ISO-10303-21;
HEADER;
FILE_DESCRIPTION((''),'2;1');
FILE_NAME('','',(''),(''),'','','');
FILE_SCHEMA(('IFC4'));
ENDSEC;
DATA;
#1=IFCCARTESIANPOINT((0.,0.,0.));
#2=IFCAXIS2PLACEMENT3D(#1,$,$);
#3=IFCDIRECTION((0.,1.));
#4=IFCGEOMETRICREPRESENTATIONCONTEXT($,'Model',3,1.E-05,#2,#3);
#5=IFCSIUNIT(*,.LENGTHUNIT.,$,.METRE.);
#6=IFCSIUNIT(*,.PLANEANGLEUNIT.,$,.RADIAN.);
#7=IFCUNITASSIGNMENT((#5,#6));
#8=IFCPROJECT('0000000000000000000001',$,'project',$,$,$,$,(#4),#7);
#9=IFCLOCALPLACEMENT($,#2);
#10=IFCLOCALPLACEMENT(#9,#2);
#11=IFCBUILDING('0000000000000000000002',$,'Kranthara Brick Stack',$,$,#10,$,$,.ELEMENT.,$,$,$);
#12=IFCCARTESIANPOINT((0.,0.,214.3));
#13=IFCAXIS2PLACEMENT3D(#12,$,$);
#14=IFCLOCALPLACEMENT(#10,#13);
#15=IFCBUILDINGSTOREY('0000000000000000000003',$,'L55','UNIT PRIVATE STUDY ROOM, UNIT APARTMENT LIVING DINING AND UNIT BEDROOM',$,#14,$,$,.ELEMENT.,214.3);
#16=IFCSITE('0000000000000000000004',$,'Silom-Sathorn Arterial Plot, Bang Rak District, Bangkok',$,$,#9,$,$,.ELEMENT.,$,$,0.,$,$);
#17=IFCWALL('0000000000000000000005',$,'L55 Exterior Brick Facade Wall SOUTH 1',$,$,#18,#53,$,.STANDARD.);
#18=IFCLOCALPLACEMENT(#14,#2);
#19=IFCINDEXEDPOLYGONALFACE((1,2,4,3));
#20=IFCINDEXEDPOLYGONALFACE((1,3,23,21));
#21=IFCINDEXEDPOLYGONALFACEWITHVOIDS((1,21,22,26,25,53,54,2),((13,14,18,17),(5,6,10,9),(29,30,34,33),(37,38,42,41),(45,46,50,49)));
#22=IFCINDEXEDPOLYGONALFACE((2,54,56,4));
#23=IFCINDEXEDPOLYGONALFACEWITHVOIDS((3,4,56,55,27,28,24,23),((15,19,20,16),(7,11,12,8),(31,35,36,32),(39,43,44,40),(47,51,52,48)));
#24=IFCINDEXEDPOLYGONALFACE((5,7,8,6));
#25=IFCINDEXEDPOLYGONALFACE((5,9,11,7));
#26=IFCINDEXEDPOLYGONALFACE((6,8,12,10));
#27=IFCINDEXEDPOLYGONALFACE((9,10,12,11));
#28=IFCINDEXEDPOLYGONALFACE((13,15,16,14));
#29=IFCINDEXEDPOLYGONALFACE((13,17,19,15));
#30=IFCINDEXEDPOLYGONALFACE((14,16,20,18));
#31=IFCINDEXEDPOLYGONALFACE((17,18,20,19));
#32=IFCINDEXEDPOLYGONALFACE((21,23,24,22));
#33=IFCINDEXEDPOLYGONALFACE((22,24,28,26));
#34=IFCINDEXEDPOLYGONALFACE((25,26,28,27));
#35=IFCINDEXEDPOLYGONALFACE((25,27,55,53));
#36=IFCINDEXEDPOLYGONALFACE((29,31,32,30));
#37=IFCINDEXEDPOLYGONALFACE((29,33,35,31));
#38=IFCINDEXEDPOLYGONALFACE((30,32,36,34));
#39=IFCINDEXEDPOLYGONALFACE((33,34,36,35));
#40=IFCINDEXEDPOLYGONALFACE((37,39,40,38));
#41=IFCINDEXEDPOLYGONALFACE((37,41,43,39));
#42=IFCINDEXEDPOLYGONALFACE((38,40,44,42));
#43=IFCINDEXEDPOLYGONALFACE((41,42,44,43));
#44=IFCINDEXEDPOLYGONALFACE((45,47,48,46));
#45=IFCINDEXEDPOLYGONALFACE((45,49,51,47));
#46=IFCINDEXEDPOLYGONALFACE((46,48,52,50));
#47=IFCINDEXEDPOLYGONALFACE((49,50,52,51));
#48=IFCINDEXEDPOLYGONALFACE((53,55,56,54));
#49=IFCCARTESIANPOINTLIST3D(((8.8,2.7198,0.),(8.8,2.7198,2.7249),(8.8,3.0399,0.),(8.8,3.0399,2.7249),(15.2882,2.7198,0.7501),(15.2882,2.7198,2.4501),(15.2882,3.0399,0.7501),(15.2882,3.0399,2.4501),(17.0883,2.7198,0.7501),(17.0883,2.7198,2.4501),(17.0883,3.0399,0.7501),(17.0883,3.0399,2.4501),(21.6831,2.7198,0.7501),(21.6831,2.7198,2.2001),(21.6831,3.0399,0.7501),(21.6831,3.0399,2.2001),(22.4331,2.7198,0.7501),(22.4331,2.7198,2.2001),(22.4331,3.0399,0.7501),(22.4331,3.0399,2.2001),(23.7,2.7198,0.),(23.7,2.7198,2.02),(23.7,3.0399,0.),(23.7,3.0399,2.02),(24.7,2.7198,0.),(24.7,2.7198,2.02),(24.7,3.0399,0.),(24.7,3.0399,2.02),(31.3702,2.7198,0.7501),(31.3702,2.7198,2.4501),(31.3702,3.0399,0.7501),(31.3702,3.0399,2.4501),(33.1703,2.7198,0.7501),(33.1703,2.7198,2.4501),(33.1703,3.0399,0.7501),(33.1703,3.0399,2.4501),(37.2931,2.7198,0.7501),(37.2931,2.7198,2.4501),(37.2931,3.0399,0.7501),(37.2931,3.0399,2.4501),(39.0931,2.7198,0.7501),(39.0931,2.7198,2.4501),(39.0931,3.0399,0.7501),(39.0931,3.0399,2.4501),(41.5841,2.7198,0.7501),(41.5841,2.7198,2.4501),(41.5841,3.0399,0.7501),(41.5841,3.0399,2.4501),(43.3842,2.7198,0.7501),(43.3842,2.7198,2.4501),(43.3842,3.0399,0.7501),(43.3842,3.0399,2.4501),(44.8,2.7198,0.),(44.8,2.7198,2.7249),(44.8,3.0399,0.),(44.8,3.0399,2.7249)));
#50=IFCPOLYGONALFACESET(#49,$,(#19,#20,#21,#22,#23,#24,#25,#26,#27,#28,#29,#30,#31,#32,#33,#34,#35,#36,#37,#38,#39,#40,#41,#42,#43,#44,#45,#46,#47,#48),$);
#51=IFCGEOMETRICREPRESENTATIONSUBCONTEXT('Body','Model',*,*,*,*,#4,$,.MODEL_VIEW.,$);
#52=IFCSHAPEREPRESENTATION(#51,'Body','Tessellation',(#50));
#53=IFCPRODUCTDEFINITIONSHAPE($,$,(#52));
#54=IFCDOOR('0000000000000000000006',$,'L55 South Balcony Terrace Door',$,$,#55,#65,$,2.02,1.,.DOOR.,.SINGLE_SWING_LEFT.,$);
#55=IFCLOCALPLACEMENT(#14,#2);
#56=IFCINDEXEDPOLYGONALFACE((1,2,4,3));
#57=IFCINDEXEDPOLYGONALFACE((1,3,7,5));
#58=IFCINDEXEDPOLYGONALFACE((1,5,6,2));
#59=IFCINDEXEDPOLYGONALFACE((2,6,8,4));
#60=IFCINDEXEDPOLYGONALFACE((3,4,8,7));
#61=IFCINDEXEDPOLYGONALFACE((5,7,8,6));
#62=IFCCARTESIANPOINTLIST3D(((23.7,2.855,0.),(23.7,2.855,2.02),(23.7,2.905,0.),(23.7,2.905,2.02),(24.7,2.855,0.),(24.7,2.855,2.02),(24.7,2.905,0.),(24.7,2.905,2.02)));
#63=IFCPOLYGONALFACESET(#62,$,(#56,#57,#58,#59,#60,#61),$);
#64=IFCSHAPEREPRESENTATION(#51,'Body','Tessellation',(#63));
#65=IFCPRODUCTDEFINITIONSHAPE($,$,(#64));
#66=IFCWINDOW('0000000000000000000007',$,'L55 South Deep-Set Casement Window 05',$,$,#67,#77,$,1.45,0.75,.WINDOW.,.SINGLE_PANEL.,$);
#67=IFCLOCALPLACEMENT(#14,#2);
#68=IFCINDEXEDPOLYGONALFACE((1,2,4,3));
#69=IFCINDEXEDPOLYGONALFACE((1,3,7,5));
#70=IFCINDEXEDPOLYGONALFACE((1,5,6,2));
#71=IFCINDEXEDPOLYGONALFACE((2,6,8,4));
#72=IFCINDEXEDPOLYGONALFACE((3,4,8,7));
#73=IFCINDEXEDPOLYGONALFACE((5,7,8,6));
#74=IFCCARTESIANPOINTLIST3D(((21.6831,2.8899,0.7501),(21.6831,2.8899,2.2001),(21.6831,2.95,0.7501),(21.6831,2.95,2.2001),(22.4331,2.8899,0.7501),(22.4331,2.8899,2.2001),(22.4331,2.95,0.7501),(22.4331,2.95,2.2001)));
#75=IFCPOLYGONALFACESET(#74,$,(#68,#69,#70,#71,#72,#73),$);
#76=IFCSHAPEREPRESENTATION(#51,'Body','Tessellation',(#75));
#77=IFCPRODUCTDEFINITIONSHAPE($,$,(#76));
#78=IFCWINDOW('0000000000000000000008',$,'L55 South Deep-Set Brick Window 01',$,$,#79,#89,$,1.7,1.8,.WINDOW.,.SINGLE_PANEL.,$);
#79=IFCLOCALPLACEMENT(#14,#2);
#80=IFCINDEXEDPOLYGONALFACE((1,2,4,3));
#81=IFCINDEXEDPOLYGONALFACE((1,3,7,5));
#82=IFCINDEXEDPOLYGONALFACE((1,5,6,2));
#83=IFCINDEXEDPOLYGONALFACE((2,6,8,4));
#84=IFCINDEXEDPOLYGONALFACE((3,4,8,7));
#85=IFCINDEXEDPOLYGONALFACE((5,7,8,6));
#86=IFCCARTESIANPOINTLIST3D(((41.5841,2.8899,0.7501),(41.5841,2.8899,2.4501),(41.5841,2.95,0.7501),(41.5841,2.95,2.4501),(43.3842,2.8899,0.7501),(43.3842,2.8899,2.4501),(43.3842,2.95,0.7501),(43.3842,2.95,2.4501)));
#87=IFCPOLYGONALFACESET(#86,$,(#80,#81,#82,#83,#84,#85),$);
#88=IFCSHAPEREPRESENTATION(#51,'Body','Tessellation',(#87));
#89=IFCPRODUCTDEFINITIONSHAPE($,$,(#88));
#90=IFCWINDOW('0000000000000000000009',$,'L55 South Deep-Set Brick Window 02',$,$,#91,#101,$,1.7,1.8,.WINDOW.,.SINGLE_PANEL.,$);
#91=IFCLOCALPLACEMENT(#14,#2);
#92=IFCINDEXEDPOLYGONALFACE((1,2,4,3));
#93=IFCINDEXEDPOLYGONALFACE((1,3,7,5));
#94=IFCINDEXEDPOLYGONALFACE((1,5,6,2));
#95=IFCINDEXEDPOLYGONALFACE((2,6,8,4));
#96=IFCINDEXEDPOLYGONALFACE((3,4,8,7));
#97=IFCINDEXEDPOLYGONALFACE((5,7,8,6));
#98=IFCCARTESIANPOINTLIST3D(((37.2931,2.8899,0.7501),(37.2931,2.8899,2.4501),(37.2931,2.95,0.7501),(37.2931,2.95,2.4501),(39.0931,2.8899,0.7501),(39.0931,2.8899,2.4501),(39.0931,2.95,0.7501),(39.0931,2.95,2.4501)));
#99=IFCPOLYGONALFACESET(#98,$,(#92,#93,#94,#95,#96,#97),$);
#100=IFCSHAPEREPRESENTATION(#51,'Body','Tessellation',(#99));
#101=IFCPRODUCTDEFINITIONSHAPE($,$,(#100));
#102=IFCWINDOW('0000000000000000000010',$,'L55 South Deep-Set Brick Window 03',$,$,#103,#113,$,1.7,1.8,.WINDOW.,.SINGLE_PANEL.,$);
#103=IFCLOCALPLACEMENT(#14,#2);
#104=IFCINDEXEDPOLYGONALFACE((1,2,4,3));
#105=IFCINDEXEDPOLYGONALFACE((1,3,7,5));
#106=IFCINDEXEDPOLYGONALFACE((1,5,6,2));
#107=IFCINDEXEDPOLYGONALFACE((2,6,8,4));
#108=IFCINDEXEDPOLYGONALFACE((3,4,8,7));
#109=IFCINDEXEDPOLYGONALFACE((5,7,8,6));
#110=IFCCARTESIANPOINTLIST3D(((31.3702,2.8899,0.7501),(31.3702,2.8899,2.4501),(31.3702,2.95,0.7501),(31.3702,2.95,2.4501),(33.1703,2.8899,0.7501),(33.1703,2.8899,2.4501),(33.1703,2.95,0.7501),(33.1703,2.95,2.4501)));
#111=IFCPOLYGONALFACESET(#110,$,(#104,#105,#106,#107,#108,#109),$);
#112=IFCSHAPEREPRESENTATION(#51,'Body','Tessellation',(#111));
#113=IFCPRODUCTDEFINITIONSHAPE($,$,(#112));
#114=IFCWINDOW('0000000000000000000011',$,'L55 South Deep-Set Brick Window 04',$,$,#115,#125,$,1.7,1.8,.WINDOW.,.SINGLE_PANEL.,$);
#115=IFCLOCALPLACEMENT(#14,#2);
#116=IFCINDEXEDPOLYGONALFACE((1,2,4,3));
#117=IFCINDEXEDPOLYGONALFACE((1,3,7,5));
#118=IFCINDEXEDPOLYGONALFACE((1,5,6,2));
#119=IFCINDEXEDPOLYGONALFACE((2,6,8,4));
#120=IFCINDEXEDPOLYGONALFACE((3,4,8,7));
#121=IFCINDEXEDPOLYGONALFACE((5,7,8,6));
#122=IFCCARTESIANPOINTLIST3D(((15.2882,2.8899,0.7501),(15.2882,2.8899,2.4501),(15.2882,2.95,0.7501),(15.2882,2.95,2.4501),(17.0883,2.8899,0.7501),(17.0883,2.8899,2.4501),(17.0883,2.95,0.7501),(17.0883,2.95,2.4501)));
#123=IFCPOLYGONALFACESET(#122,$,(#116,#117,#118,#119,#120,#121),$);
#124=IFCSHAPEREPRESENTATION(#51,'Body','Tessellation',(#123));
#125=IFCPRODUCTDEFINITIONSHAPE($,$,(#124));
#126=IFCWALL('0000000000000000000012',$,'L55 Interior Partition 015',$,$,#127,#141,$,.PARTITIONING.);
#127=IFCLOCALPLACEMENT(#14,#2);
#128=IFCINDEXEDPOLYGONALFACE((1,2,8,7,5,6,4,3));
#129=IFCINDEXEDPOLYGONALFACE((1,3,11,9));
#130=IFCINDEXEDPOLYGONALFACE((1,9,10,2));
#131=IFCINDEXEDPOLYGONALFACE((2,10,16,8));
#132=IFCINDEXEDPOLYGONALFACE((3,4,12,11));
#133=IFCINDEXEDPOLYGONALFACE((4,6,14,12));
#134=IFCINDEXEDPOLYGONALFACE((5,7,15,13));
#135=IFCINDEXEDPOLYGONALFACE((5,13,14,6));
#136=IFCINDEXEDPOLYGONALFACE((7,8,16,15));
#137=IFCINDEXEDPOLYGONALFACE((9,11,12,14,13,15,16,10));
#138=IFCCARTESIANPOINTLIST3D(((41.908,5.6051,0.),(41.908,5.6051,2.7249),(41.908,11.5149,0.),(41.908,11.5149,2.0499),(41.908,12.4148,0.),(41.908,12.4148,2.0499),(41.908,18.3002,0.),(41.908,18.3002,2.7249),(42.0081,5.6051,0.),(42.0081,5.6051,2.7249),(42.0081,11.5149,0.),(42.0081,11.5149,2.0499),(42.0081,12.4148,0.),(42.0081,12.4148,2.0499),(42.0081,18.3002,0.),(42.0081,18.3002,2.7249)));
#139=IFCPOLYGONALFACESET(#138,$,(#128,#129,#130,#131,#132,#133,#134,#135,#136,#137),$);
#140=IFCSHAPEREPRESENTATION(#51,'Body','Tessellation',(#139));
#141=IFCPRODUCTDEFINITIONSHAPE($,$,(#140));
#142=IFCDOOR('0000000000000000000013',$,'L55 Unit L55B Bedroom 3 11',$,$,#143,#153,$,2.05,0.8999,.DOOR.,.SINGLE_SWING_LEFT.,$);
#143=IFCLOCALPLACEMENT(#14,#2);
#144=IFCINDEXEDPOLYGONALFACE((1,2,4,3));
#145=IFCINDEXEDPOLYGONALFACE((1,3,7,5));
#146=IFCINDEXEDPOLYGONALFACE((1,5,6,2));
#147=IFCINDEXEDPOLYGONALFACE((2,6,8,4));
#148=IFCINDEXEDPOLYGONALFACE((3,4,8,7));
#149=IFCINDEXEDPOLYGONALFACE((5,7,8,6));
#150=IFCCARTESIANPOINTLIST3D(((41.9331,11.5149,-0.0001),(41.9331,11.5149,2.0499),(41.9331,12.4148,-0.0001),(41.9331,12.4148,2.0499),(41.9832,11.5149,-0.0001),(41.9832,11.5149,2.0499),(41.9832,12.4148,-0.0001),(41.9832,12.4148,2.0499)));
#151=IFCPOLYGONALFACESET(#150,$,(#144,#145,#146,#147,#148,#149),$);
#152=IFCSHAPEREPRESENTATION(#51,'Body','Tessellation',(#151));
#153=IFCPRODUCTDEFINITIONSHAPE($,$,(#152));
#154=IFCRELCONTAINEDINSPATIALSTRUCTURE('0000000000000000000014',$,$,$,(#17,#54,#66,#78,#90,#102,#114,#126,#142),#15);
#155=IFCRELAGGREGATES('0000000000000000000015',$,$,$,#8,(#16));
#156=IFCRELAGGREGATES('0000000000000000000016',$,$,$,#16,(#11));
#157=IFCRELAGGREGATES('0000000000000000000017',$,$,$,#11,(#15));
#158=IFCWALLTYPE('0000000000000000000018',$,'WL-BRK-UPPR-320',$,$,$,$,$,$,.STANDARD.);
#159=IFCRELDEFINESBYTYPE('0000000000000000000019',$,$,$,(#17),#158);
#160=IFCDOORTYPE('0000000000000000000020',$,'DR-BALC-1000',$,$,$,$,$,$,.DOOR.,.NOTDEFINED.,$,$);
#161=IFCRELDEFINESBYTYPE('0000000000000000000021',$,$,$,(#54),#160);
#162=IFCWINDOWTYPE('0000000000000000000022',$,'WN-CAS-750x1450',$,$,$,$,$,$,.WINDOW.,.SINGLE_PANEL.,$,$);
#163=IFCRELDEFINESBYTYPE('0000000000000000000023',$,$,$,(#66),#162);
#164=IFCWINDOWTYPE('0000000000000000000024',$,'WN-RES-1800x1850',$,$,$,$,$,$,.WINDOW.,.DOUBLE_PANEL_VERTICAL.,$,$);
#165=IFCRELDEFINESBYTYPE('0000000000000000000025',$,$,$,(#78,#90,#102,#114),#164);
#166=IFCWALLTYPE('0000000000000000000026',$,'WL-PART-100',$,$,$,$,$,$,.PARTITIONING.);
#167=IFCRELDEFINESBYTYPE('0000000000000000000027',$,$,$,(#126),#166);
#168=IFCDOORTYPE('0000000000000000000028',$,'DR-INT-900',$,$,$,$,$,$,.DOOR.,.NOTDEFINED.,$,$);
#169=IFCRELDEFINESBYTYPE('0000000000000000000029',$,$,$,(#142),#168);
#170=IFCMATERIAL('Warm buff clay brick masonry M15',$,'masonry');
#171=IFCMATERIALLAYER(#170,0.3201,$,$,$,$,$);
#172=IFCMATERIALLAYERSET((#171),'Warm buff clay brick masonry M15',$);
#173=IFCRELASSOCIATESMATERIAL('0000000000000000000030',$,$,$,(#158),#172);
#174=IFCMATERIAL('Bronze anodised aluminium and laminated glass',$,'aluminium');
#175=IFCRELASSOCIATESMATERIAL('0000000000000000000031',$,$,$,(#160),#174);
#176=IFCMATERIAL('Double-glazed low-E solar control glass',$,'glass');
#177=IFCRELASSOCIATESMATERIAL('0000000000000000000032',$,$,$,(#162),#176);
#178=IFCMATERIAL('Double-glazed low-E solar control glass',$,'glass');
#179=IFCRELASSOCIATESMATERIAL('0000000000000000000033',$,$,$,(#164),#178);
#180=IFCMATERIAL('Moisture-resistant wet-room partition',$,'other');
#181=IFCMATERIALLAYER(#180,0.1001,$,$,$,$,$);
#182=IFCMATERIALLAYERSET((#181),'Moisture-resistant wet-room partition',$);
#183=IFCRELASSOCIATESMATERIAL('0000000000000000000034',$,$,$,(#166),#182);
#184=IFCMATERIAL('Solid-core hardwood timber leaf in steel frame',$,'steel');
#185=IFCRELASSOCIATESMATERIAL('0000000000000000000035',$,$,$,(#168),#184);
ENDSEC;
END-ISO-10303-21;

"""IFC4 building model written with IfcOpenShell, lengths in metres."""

from ifc_helpers import new_model, si_unit, direction, frame, frame_2d, origin, place, context, subcontext, project, spatial, rectangle, extrude, material, layer, layer_set, type_object, element, fill, save


model = new_model("IFC4")

# Units and contexts
model_context = context("Model", 3, precision=1e-05, world=origin(), true_north=direction((0.0, 1.0)))
body_context = subcontext(model_context, "Body", "Model", "MODEL_VIEW")
ifc_project = project(units=[si_unit("LENGTHUNIT", "METRE"), si_unit("PLANEANGLEUNIT", "RADIAN")], contexts=[model_context])

# Site, building, storey
site_placement = place(None, origin())
site = spatial("IfcSite", under=ifc_project, at=site_placement, Name="Silom-Sathorn Arterial Plot, Bang Rak District, Bangkok", CompositionType="ELEMENT", RefElevation=0.0)
building_placement = place(site_placement, origin())
building = spatial("IfcBuilding", under=site, at=building_placement, Name="Kranthara Brick Stack", CompositionType="ELEMENT")
storey_placement = place(building_placement, frame((0.0, 0.0, 214.3)))
storey = spatial("IfcBuildingStorey", under=building, at=storey_placement, Name="L55", Description="UNIT PRIVATE STUDY ROOM, UNIT APARTMENT LIVING DINING AND UNIT BEDROOM", CompositionType="ELEMENT", Elevation=214.3)

# Wall, openings, door, windows
ifc_material_1 = material(Name="Warm buff clay brick masonry M15", Category="masonry")
ifc_layer_1 = layer(ifc_material_1, 0.3201)
ifc_layer_set_1 = layer_set([ifc_layer_1], Name="Warm buff clay brick masonry M15")
wall_type_1 = type_object("IfcWallType", Name="WL-BRK-UPPR-320", PredefinedType="STANDARD", material=ifc_layer_set_1)
wall_1_placement = place(storey_placement, frame((44.8, 2.8799, 0.0), z_axis=(0.0, 0.0, 1.0), x_axis=(-1.0, 0.0, 0.0)))
wall_1 = element("IfcWall", 1, at=wall_1_placement, inside=storey, type_object=wall_type_1, Name="L55 Exterior Brick Facade Wall SOUTH 1", PredefinedType="STANDARD", context=body_context, shape_type="SweptSolid", body=[
    extrude(rectangle(XDim=36.0, YDim=0.3201, at=frame_2d((18.0, 0.0))), origin(), (0.0, 0.0, 1.0), 2.7249),
])
opening_1_placement = place(wall_1_placement, frame((20.1001, 0.0, 0.0)))
opening_1 = element("IfcOpeningElement", 2, at=opening_1_placement, cuts=wall_1, PredefinedType="OPENING", context=body_context, shape_type="SweptSolid", body=[
    extrude(rectangle(XDim=1.0, YDim=2.02, at=frame_2d((0.5, 1.01))), frame((0.0, 0.1699, 0.0), z_axis=(0.0, -1.0, 0.0), x_axis=(1.0, 0.0, 0.0)), (0.0, 0.0, 1.0), 0.3401),
])
opening_2_placement = place(wall_1_placement, frame((1.416, 0.0, 0.75)))
opening_2 = element("IfcOpeningElement", 3, at=opening_2_placement, cuts=wall_1, PredefinedType="OPENING", context=body_context, shape_type="SweptSolid", body=[
    extrude(rectangle(XDim=1.8, YDim=1.7, at=frame_2d((0.8999, 0.8501))), frame((0.0, 0.1699, 0.0), z_axis=(0.0, -1.0, 0.0), x_axis=(1.0, 0.0, 0.0)), (0.0, 0.0, 1.0), 0.3401),
])
opening_3_placement = place(wall_1_placement, frame((5.707, 0.0, 0.75)))
opening_3 = element("IfcOpeningElement", 4, at=opening_3_placement, cuts=wall_1, PredefinedType="OPENING", context=body_context, shape_type="SweptSolid", body=[
    extrude(rectangle(XDim=1.8, YDim=1.7, at=frame_2d((0.8999, 0.8501))), frame((0.0, 0.1699, 0.0), z_axis=(0.0, -1.0, 0.0), x_axis=(1.0, 0.0, 0.0)), (0.0, 0.0, 1.0), 0.3401),
])
opening_4_placement = place(wall_1_placement, frame((11.6299, 0.0, 0.75)))
opening_4 = element("IfcOpeningElement", 5, at=opening_4_placement, cuts=wall_1, PredefinedType="OPENING", context=body_context, shape_type="SweptSolid", body=[
    extrude(rectangle(XDim=1.8, YDim=1.7, at=frame_2d((0.8999, 0.8501))), frame((0.0, 0.1699, 0.0), z_axis=(0.0, -1.0, 0.0), x_axis=(1.0, 0.0, 0.0)), (0.0, 0.0, 1.0), 0.3401),
])
opening_5_placement = place(wall_1_placement, frame((27.7119, 0.0, 0.75)))
opening_5 = element("IfcOpeningElement", 6, at=opening_5_placement, cuts=wall_1, PredefinedType="OPENING", context=body_context, shape_type="SweptSolid", body=[
    extrude(rectangle(XDim=1.8, YDim=1.7, at=frame_2d((0.8999, 0.8501))), frame((0.0, 0.1699, 0.0), z_axis=(0.0, -1.0, 0.0), x_axis=(1.0, 0.0, 0.0)), (0.0, 0.0, 1.0), 0.3401),
])
opening_6_placement = place(wall_1_placement, frame((22.3669, 0.0, 0.75)))
opening_6 = element("IfcOpeningElement", 7, at=opening_6_placement, cuts=wall_1, PredefinedType="OPENING", context=body_context, shape_type="SweptSolid", body=[
    extrude(rectangle(XDim=0.75, YDim=1.45, at=frame_2d((0.375, 0.7251))), frame((0.0, 0.1699, 0.0), z_axis=(0.0, -1.0, 0.0), x_axis=(1.0, 0.0, 0.0)), (0.0, 0.0, 1.0), 0.3401),
])
ifc_material_2 = material(Name="Bronze anodised aluminium and laminated glass", Category="aluminium")
door_type_1 = type_object("IfcDoorType", Name="DR-BALC-1000", OperationType="NOTDEFINED", PredefinedType="DOOR", material=ifc_material_2)
door_1_placement = place(opening_1_placement, origin())
door_1 = element("IfcDoor", 8, at=door_1_placement, inside=storey, type_object=door_type_1, Name="L55 South Balcony Terrace Door", OperationType="SINGLE_SWING_LEFT", OverallHeight=2.02, OverallWidth=1.0, PredefinedType="DOOR", context=body_context, shape_type="SweptSolid", body=[
    extrude(rectangle(XDim=1.0, YDim=2.02, at=frame_2d((0.5, 1.01))), frame((0.0, 0.0249, 0.0), z_axis=(0.0, -1.0, 0.0), x_axis=(1.0, 0.0, 0.0)), (0.0, 0.0, 1.0), 0.05),
])
fill(opening_1, door_1)
ifc_material_3 = material(Name="Double-glazed low-E solar control glass", Category="glass")
window_type_1 = type_object("IfcWindowType", Name="WN-CAS-750x1450", PartitioningType="SINGLE_PANEL", PredefinedType="WINDOW", material=ifc_material_3)
window_1_placement = place(opening_6_placement, origin())
window_1 = element("IfcWindow", 9, at=window_1_placement, inside=storey, type_object=window_type_1, Name="L55 South Deep-Set Casement Window 05", OverallHeight=1.45, OverallWidth=0.75, PartitioningType="SINGLE_PANEL", PredefinedType="WINDOW", context=body_context, shape_type="SweptSolid", body=[
    extrude(rectangle(XDim=0.75, YDim=1.45, at=frame_2d((0.375, 0.7251))), frame((0.0, -0.01, 0.0), z_axis=(0.0, -1.0, 0.0), x_axis=(1.0, 0.0, 0.0)), (0.0, 0.0, 1.0), 0.0601),
])
fill(opening_6, window_1)
ifc_material_4 = material(Name="Double-glazed low-E solar control glass", Category="glass")
window_type_2 = type_object("IfcWindowType", Name="WN-RES-1800x1850", PartitioningType="DOUBLE_PANEL_VERTICAL", PredefinedType="WINDOW", material=ifc_material_4)
window_2_placement = place(opening_2_placement, origin())
window_2 = element("IfcWindow", 10, at=window_2_placement, inside=storey, type_object=window_type_2, Name="L55 South Deep-Set Brick Window 01", OverallHeight=1.7, OverallWidth=1.8, PartitioningType="SINGLE_PANEL", PredefinedType="WINDOW", context=body_context, shape_type="SweptSolid", body=[
    extrude(rectangle(XDim=1.8, YDim=1.7, at=frame_2d((0.8999, 0.8501))), frame((0.0, -0.01, 0.0), z_axis=(0.0, -1.0, 0.0), x_axis=(1.0, 0.0, 0.0)), (0.0, 0.0, 1.0), 0.0601),
])
fill(opening_2, window_2)
window_3_placement = place(opening_3_placement, origin())
window_3 = element("IfcWindow", 11, at=window_3_placement, inside=storey, type_object=window_type_2, Name="L55 South Deep-Set Brick Window 02", OverallHeight=1.7, OverallWidth=1.8, PartitioningType="SINGLE_PANEL", PredefinedType="WINDOW", context=body_context, shape_type="SweptSolid", body=[
    extrude(rectangle(XDim=1.8, YDim=1.7, at=frame_2d((0.8999, 0.8501))), frame((0.0, -0.01, 0.0), z_axis=(0.0, -1.0, 0.0), x_axis=(1.0, 0.0, 0.0)), (0.0, 0.0, 1.0), 0.0601),
])
fill(opening_3, window_3)
window_4_placement = place(opening_4_placement, origin())
window_4 = element("IfcWindow", 12, at=window_4_placement, inside=storey, type_object=window_type_2, Name="L55 South Deep-Set Brick Window 03", OverallHeight=1.7, OverallWidth=1.8, PartitioningType="SINGLE_PANEL", PredefinedType="WINDOW", context=body_context, shape_type="SweptSolid", body=[
    extrude(rectangle(XDim=1.8, YDim=1.7, at=frame_2d((0.8999, 0.8501))), frame((0.0, -0.01, 0.0), z_axis=(0.0, -1.0, 0.0), x_axis=(1.0, 0.0, 0.0)), (0.0, 0.0, 1.0), 0.0601),
])
fill(opening_4, window_4)
window_5_placement = place(opening_5_placement, origin())
window_5 = element("IfcWindow", 13, at=window_5_placement, inside=storey, type_object=window_type_2, Name="L55 South Deep-Set Brick Window 04", OverallHeight=1.7, OverallWidth=1.8, PartitioningType="SINGLE_PANEL", PredefinedType="WINDOW", context=body_context, shape_type="SweptSolid", body=[
    extrude(rectangle(XDim=1.8, YDim=1.7, at=frame_2d((0.8999, 0.8501))), frame((0.0, -0.01, 0.0), z_axis=(0.0, -1.0, 0.0), x_axis=(1.0, 0.0, 0.0)), (0.0, 0.0, 1.0), 0.0601),
])
fill(opening_5, window_5)

# Wall, opening, door
ifc_material_5 = material(Name="Moisture-resistant wet-room partition", Category="other")
ifc_layer_2 = layer(ifc_material_5, 0.1001)
ifc_layer_set_2 = layer_set([ifc_layer_2], Name="Moisture-resistant wet-room partition")
wall_type_2 = type_object("IfcWallType", Name="WL-PART-100", PredefinedType="PARTITIONING", material=ifc_layer_set_2)
wall_2_placement = place(storey_placement, frame((41.958, 5.605, 0.0), z_axis=(0.0, 0.0, 1.0), x_axis=(0.0, 1.0, 0.0)))
wall_2 = element("IfcWall", 14, at=wall_2_placement, inside=storey, type_object=wall_type_2, Name="L55 Interior Partition 015", PredefinedType="PARTITIONING", context=body_context, shape_type="SweptSolid", body=[
    extrude(rectangle(XDim=12.6951, YDim=0.1001, at=frame_2d((6.3477, 0.0))), origin(), (0.0, 0.0, 1.0), 2.7249),
])
opening_7_placement = place(wall_2_placement, frame((5.9099, 0.0, 0.0)))
opening_7 = element("IfcOpeningElement", 15, at=opening_7_placement, cuts=wall_2, PredefinedType="OPENING", context=body_context, shape_type="SweptSolid", body=[
    extrude(rectangle(XDim=0.8999, YDim=2.05, at=frame_2d((0.45, 1.0249))), frame((0.0, 0.0601, 0.0), z_axis=(0.0, -1.0, 0.0), x_axis=(1.0, 0.0, 0.0)), (0.0, 0.0, 1.0), 0.1201),
])
ifc_material_6 = material(Name="Solid-core hardwood timber leaf in steel frame", Category="steel")
door_type_2 = type_object("IfcDoorType", Name="DR-INT-900", OperationType="NOTDEFINED", PredefinedType="DOOR", material=ifc_material_6)
door_2_placement = place(opening_7_placement, origin())
door_2 = element("IfcDoor", 16, at=door_2_placement, inside=storey, type_object=door_type_2, Name="L55 Unit L55B Bedroom 3 11", OperationType="SINGLE_SWING_LEFT", OverallHeight=2.05, OverallWidth=0.8999, PredefinedType="DOOR", context=body_context, shape_type="SweptSolid", body=[
    extrude(rectangle(XDim=0.8999, YDim=2.05, at=frame_2d((0.45, 1.0249))), frame((0.0, 0.0249, 0.0), z_axis=(0.0, -1.0, 0.0), x_axis=(1.0, 0.0, 0.0)), (0.0, 0.0, 1.0), 0.05),
])
fill(opening_7, door_2)

save(model, "model.ifc")
